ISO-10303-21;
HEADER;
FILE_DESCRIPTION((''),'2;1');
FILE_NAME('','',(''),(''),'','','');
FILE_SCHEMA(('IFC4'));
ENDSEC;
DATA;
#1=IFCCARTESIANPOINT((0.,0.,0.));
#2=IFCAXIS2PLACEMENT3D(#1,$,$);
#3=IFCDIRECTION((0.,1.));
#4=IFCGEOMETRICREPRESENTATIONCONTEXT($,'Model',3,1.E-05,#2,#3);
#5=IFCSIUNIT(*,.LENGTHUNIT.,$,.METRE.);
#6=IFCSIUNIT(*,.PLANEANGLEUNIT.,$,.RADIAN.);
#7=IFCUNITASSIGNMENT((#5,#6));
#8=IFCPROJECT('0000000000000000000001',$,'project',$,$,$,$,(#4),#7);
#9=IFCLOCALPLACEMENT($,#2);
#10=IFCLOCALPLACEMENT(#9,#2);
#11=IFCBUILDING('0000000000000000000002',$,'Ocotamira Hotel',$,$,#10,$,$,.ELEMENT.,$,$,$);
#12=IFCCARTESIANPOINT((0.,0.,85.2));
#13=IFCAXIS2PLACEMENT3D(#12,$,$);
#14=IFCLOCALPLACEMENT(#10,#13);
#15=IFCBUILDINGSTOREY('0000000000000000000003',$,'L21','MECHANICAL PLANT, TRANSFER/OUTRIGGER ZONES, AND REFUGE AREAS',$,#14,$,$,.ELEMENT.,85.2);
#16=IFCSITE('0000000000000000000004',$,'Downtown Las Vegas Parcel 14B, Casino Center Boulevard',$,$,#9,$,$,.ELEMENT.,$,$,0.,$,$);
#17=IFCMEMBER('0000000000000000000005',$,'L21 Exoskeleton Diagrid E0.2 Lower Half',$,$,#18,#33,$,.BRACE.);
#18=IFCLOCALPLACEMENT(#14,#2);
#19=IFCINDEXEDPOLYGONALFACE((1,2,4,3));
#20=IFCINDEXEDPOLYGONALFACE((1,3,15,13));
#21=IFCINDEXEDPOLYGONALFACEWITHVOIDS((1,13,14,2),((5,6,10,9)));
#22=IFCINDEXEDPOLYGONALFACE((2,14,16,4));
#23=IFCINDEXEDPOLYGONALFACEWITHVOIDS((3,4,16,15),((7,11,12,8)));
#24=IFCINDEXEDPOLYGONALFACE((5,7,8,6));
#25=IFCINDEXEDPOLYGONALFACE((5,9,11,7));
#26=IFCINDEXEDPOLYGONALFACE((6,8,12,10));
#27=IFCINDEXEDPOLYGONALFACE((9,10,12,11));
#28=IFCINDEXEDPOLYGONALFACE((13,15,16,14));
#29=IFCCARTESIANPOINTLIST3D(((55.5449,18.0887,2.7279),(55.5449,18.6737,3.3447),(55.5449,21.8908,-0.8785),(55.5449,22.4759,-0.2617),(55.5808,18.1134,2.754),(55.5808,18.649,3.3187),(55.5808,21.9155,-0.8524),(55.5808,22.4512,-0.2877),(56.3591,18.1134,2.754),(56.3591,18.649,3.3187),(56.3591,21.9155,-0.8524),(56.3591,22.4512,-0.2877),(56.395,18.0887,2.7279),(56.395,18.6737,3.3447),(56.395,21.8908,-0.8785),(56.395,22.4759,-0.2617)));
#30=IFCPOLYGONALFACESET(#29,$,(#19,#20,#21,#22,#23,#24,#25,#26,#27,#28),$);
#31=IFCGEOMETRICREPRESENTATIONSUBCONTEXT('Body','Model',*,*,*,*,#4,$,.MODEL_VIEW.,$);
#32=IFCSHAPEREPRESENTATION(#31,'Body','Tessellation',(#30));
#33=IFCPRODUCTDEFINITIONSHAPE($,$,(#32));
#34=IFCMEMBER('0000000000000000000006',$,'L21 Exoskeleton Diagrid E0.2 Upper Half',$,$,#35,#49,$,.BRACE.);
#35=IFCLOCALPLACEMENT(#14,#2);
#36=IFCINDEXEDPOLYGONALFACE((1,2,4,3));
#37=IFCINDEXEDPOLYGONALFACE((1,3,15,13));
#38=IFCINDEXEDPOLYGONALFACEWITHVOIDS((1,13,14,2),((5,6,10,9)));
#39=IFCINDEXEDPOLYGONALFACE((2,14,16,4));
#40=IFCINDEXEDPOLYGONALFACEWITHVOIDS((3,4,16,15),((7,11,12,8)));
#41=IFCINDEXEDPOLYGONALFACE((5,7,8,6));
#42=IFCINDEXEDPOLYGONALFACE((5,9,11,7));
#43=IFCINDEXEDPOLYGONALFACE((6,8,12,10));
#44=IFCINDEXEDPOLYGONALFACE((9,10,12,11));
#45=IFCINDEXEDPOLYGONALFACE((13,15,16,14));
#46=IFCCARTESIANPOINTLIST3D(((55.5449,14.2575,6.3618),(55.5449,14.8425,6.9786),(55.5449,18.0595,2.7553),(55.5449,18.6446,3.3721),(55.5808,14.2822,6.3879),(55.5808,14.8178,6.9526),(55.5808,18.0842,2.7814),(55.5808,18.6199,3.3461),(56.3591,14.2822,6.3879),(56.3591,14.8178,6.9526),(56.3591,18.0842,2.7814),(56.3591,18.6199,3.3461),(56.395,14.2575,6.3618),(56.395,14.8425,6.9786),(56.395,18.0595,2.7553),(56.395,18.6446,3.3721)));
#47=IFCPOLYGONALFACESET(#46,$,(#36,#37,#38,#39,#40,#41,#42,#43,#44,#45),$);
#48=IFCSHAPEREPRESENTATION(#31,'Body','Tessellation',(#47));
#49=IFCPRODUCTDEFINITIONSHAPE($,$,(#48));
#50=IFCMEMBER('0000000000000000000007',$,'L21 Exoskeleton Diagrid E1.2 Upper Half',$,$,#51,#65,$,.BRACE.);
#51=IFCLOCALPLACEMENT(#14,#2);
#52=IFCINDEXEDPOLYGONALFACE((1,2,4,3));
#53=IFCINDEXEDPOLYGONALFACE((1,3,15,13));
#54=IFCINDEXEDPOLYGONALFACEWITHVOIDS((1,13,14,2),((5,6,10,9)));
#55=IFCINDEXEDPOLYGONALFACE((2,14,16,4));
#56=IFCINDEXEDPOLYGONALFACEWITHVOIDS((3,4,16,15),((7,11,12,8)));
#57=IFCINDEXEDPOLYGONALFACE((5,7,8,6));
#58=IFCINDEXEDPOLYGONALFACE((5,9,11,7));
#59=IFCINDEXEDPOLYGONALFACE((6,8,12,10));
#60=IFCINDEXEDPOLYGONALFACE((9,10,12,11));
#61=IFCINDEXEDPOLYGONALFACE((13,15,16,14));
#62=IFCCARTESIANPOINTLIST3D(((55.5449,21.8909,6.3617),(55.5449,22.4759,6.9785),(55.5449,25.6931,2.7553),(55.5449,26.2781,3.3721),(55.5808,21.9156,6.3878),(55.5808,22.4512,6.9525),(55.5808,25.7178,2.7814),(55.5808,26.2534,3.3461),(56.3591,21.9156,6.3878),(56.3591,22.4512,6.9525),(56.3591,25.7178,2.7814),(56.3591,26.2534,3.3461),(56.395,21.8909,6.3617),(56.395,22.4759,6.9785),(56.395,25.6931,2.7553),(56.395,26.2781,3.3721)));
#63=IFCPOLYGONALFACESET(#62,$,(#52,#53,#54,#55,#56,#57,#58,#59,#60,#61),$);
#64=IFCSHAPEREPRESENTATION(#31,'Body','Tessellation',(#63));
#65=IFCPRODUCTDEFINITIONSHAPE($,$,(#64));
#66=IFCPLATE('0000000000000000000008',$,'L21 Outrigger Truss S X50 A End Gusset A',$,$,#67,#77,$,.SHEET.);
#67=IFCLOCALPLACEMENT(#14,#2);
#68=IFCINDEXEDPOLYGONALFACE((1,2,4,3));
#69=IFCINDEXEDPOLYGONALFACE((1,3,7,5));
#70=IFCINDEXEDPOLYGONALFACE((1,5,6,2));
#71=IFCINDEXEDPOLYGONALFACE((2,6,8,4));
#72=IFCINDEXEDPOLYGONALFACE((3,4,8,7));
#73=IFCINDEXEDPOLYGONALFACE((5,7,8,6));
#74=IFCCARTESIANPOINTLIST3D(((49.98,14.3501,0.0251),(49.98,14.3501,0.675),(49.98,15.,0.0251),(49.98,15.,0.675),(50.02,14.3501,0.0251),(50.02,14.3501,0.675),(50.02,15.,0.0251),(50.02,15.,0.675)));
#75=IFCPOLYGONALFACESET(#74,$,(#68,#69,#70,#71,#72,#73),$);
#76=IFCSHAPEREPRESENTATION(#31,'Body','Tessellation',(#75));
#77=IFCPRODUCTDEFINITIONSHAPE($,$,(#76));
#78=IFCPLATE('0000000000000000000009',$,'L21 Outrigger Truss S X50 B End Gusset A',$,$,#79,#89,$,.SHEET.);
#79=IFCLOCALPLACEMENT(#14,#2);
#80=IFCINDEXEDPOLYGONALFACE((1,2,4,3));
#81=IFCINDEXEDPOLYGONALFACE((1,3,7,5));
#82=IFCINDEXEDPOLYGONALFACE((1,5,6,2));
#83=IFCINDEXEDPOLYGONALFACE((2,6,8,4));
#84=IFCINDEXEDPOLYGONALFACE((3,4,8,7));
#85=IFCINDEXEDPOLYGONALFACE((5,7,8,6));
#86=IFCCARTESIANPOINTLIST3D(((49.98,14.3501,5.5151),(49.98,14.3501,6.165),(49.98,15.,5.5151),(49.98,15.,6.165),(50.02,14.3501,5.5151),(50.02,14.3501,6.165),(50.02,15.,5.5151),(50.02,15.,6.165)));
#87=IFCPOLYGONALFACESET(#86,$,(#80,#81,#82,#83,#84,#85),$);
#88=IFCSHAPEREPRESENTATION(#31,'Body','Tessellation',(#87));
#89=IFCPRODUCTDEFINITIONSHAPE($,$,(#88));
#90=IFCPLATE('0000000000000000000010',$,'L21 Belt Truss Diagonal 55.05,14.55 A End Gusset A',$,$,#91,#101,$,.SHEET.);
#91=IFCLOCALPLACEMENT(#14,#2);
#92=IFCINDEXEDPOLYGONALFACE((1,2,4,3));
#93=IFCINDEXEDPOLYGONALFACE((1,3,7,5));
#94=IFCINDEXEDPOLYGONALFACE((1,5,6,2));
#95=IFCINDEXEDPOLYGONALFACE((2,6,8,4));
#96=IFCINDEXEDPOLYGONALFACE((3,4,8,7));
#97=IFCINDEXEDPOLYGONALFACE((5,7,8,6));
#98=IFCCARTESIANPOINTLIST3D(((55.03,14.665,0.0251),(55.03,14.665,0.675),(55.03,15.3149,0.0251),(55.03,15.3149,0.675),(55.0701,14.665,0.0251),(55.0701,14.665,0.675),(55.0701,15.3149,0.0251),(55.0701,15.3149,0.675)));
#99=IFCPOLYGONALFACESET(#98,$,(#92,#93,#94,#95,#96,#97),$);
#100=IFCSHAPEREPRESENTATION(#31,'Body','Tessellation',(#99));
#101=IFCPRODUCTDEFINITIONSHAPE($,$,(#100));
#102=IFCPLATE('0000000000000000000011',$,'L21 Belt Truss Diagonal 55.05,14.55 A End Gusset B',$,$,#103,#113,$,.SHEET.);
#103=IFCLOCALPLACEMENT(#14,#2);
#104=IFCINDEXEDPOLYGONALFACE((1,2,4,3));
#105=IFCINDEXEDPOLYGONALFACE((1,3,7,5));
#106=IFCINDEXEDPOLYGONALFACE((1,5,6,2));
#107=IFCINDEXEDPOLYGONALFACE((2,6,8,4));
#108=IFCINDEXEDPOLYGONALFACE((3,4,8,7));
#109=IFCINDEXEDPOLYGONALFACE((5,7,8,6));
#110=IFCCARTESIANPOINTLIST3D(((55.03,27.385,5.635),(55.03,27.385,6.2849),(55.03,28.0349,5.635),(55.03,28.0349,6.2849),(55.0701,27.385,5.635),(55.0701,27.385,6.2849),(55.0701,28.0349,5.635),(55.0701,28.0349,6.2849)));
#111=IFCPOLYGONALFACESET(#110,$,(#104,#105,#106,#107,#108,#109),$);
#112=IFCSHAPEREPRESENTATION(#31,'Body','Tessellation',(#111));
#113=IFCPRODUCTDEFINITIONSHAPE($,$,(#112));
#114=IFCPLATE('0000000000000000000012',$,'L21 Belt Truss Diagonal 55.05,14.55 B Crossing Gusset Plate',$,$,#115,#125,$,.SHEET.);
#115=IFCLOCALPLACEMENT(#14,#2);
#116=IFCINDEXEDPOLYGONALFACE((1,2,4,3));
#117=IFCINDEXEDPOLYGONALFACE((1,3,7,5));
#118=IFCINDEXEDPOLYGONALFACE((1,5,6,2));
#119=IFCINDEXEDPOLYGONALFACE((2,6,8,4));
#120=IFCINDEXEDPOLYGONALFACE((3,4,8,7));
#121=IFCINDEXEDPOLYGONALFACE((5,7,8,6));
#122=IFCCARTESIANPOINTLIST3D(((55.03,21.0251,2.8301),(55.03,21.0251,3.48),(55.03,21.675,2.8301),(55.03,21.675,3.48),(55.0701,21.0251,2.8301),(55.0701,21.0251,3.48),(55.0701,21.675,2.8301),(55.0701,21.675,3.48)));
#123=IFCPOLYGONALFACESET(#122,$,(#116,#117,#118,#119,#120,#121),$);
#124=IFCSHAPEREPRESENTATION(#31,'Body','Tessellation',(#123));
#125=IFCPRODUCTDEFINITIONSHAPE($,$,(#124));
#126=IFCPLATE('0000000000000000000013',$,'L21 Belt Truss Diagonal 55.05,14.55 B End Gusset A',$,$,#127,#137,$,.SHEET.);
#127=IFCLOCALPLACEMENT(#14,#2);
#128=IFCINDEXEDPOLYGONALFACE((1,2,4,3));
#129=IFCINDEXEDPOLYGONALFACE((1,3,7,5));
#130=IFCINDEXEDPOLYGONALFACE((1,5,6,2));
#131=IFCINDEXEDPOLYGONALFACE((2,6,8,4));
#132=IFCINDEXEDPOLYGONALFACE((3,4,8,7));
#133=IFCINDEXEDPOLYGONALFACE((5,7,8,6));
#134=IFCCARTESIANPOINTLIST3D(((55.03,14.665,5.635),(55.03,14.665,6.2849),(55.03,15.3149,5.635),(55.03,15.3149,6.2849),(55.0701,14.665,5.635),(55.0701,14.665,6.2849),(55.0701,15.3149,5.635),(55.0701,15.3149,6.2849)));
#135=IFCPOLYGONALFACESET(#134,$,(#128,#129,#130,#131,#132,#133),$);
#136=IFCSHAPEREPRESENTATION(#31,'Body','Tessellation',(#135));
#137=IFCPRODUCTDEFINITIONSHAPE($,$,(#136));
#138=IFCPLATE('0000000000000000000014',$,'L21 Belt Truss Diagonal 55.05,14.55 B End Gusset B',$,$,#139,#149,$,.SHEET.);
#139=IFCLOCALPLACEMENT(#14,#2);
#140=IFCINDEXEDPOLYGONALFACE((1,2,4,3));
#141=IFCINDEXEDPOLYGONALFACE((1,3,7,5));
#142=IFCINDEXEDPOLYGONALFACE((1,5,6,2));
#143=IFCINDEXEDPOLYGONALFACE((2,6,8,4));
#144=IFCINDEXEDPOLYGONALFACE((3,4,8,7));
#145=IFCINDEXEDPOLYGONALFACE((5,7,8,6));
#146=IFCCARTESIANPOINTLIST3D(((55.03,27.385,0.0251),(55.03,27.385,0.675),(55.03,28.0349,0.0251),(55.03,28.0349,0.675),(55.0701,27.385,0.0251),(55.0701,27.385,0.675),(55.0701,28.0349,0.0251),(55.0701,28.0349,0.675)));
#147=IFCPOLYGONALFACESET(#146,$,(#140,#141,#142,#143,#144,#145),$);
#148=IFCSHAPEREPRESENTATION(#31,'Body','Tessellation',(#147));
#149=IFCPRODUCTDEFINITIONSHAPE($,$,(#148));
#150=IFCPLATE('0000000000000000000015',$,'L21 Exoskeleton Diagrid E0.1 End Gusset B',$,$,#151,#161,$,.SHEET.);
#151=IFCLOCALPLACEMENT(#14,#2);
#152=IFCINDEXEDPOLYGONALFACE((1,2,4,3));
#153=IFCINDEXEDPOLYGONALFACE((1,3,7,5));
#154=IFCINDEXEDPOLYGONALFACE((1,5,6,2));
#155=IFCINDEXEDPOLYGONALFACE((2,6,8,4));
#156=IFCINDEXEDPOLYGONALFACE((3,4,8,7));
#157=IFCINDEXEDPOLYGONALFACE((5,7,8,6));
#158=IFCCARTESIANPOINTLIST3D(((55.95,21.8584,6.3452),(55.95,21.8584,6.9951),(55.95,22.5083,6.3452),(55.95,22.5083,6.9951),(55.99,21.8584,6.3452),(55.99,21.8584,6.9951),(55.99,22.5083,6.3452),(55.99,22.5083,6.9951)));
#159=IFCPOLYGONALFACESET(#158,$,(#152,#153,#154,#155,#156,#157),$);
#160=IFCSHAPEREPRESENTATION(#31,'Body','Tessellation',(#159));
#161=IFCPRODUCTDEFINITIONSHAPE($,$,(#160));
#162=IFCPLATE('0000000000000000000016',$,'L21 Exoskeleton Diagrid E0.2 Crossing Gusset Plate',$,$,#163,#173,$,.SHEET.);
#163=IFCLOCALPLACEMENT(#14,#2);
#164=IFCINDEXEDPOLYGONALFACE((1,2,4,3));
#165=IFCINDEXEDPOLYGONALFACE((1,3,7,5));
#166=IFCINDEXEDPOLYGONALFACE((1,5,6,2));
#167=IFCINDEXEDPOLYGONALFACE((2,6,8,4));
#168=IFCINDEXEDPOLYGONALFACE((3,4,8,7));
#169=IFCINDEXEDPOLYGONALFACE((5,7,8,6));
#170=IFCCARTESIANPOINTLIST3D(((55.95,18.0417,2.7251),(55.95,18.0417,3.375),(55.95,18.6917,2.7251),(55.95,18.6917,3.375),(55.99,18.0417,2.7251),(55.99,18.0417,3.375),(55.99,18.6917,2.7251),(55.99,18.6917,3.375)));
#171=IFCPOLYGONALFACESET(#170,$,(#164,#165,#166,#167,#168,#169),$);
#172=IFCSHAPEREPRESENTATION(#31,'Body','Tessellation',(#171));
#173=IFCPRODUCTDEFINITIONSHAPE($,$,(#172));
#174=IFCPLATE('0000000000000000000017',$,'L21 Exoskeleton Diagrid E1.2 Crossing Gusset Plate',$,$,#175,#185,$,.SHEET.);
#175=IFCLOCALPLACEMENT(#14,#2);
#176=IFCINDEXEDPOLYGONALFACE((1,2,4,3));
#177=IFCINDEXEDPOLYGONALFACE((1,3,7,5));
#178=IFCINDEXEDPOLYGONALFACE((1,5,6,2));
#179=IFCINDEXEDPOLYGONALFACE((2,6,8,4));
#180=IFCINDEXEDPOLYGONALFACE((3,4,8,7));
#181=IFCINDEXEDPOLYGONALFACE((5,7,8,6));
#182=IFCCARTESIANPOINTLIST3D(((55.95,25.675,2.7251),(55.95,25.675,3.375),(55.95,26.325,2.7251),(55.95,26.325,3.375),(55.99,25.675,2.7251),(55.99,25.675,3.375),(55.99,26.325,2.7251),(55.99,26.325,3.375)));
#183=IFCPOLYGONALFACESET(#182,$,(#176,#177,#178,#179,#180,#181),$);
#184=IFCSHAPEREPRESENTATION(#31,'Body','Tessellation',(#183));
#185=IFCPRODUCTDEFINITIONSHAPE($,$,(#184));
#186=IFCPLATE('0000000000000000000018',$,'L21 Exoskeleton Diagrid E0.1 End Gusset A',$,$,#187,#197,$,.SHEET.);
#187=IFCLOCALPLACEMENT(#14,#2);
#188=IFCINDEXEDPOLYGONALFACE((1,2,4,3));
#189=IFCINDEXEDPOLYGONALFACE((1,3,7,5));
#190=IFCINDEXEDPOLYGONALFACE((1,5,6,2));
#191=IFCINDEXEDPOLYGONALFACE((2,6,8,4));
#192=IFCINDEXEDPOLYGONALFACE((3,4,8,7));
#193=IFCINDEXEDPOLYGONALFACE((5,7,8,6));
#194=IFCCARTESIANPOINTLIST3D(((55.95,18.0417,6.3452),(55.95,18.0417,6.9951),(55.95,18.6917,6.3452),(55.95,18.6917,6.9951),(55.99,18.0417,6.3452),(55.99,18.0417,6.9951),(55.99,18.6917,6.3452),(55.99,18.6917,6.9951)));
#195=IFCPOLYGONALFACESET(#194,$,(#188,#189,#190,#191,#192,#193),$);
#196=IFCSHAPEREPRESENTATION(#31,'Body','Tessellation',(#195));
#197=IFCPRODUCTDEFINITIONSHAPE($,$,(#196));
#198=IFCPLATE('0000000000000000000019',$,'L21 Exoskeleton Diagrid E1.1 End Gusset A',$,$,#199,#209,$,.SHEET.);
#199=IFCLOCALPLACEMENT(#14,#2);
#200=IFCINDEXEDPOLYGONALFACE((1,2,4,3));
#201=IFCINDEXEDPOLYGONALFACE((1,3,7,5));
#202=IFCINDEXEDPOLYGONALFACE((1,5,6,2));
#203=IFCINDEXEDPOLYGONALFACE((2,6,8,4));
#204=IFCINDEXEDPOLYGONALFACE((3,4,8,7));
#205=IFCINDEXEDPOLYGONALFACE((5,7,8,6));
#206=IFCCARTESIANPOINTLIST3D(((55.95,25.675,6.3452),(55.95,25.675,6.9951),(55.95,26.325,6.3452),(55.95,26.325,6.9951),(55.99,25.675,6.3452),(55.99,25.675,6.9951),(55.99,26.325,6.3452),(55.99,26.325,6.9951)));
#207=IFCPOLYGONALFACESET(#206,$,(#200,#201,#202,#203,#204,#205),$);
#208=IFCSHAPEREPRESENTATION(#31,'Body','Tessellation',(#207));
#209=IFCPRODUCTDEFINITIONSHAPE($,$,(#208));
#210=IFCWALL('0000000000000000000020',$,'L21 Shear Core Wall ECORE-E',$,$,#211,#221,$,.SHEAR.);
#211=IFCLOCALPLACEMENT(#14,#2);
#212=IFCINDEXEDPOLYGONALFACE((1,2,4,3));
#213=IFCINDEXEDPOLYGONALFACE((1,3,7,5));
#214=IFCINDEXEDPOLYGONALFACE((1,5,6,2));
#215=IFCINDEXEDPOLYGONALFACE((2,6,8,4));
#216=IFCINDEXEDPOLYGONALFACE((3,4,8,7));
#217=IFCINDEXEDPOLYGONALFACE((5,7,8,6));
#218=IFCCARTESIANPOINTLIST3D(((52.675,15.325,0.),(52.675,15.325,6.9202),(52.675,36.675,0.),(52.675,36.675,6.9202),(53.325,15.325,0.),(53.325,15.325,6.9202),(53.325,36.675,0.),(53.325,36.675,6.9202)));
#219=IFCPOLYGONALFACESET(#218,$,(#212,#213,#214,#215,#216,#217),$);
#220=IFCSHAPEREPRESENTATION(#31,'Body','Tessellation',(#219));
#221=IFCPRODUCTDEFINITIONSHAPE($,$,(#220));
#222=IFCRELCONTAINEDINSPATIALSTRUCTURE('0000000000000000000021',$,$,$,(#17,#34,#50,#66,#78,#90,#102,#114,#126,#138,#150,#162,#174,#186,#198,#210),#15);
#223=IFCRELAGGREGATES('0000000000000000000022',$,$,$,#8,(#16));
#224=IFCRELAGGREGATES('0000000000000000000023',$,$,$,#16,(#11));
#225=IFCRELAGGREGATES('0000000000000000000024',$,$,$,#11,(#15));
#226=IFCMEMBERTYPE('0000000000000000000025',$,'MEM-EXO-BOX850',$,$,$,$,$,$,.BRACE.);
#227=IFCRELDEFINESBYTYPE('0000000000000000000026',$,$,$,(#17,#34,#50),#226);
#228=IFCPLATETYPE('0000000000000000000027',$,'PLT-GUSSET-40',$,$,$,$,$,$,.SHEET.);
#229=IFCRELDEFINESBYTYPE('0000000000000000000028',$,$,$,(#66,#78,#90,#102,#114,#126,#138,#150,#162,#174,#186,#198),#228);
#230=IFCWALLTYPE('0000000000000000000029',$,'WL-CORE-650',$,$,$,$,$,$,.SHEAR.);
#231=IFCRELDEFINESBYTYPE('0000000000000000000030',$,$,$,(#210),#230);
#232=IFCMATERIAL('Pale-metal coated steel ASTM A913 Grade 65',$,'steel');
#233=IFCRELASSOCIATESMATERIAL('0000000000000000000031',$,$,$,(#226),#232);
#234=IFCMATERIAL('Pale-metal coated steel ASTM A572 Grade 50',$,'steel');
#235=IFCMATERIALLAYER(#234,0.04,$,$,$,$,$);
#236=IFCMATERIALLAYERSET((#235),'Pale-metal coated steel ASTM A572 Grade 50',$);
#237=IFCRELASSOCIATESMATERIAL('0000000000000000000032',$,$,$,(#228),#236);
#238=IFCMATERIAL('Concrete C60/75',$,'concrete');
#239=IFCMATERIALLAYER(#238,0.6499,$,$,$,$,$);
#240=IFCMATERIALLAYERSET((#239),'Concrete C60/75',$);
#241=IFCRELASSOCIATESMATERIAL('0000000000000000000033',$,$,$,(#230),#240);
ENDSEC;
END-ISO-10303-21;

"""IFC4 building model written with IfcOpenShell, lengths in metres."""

from ifc_helpers import new_model, si_unit, direction, frame, frame_2d, origin, origin_2d, place, context, subcontext, project, spatial, rectangle, hollow_rectangle, extrude, source, transform, mapped, material, layer, layer_set, material_profile, profile_set, type_object, element, save


model = new_model("IFC4")

# Units and contexts
model_context = context("Model", 3, precision=1e-05, world=origin(), true_north=direction((0.0, 1.0)))
body_context = subcontext(model_context, "Body", "Model", "MODEL_VIEW")
ifc_project = project(units=[si_unit("LENGTHUNIT", "METRE"), si_unit("PLANEANGLEUNIT", "RADIAN")], contexts=[model_context])

# Site, building, storey
site_placement = place(None, origin())
site = spatial("IfcSite", under=ifc_project, at=site_placement, Name="Downtown Las Vegas Parcel 14B, Casino Center Boulevard", CompositionType="ELEMENT", RefElevation=0.0)
building_placement = place(site_placement, origin())
building = spatial("IfcBuilding", under=site, at=building_placement, Name="Ocotamira Hotel", CompositionType="ELEMENT")
storey_placement = place(building_placement, frame((0.0, 0.0, 85.2)))
storey = spatial("IfcBuildingStorey", under=building, at=storey_placement, Name="L21", Description="MECHANICAL PLANT, TRANSFER/OUTRIGGER ZONES, AND REFUGE AREAS", CompositionType="ELEMENT", Elevation=85.2)

# Members
ifc_material_1 = material(Name="Pale-metal coated steel ASTM A913 Grade 65", Category="steel")
ifc_material_profile_1 = material_profile(ifc_material_1, hollow_rectangle(XDim=0.8501, YDim=0.8501, WallThickness=0.0359, at=origin_2d()), Name="BOX850X850X36")
ifc_profile_set_1 = profile_set([ifc_material_profile_1], Name="Pale-metal coated steel ASTM A913 Grade 65")
member_type_1 = type_object("IfcMemberType", Name="MEM-EXO-BOX850", PredefinedType="BRACE", material=ifc_profile_set_1)
shared_shape_1 = source(origin(), body_context, "Body", "SweptSolid", [
    extrude(hollow_rectangle(XDim=0.8501, YDim=0.8501, WallThickness=0.0359, at=origin_2d()), origin(), (0.0, 0.0, 1.0), 5.2405),
])
for number, where, z_axis, x_axis, name in (
    (1, (55.97, 22.1833, -0.5701), (0.0, -0.725541, 0.688179), (1.0, 0.0, 0.0), "L21 Exoskeleton Diagrid E0.2 Lower Half"),
    (2, (55.97, 18.3521, 3.0637), (0.0, -0.725519, 0.688202), (1.0, 0.0, 0.0), "L21 Exoskeleton Diagrid E0.2 Upper Half"),
    (3, (55.97, 25.9856, 3.0637), (0.0, -0.725541, 0.688179), (1.0, 0.0, 0.0), "L21 Exoskeleton Diagrid E1.2 Upper Half"),
):
    element("IfcMember", number, at=place(storey_placement, frame(where, z_axis=z_axis, x_axis=x_axis)), inside=storey, type_object=member_type_1, Name=name, PredefinedType="BRACE", context=body_context, shape_type="MappedRepresentation", body=[
        mapped(shared_shape_1, transform((0.0, 0.0, 0.0), scale=1.0)),
    ])

# Plates
ifc_material_2 = material(Name="Pale-metal coated steel ASTM A572 Grade 50", Category="steel")
ifc_layer_1 = layer(ifc_material_2, 0.04)
ifc_layer_set_1 = layer_set([ifc_layer_1], Name="Pale-metal coated steel ASTM A572 Grade 50")
plate_type = type_object("IfcPlateType", Name="PLT-GUSSET-40", PredefinedType="SHEET", material=ifc_layer_set_1)
shared_shape_2 = source(origin(), body_context, "Body", "SweptSolid", [
    extrude(rectangle(XDim=0.04, YDim=0.6499, at=origin_2d()), origin(), (0.0, 0.0, 1.0), 0.6499),
])
for number, where, z_axis, x_axis, name in (
    (4, (50.0, 14.675, 0.0251), (0.0, 0.0, 1.0), (1.0, 0.0, 0.0), "L21 Outrigger Truss S X50 A End Gusset A"),
    (5, (50.0, 14.675, 5.5151), (0.0, 0.0, 1.0), (1.0, 0.0, 0.0), "L21 Outrigger Truss S X50 B End Gusset A"),
    (6, (55.05, 14.99, 0.0251), (0.0, 0.0, 1.0), (1.0, 0.0, 0.0), "L21 Belt Truss Diagonal 55.05,14.55 A End Gusset A"),
    (7, (55.05, 27.71, 5.635), (0.0, 0.0, 1.0), (1.0, 0.0, 0.0), "L21 Belt Truss Diagonal 55.05,14.55 A End Gusset B"),
    (8, (55.05, 21.3501, 2.8301), (0.0, 0.0, 1.0), (1.0, 0.0, 0.0), "L21 Belt Truss Diagonal 55.05,14.55 B Crossing Gusset Plate"),
    (9, (55.05, 14.99, 5.635), (0.0, 0.0, 1.0), (1.0, 0.0, 0.0), "L21 Belt Truss Diagonal 55.05,14.55 B End Gusset A"),
    (10, (55.05, 27.71, 0.0251), (0.0, 0.0, 1.0), (1.0, 0.0, 0.0), "L21 Belt Truss Diagonal 55.05,14.55 B End Gusset B"),
    (11, (55.97, 22.1833, 6.3452), (0.0, 0.0, 1.0), (1.0, 0.0, 0.0), "L21 Exoskeleton Diagrid E0.1 End Gusset B"),
    (12, (55.97, 18.3667, 2.7251), (0.0, 0.0, 1.0), (1.0, 0.0, 0.0), "L21 Exoskeleton Diagrid E0.2 Crossing Gusset Plate"),
    (13, (55.97, 26.0, 2.7251), (0.0, 0.0, 1.0), (1.0, 0.0, 0.0), "L21 Exoskeleton Diagrid E1.2 Crossing Gusset Plate"),
    (14, (55.97, 18.3667, 6.3452), (0.0, 0.0, 1.0), (1.0, 0.0, 0.0), "L21 Exoskeleton Diagrid E0.1 End Gusset A"),
    (15, (55.97, 26.0, 6.3452), (0.0, 0.0, 1.0), (1.0, 0.0, 0.0), "L21 Exoskeleton Diagrid E1.1 End Gusset A"),
):
    element("IfcPlate", number, at=place(storey_placement, frame(where, z_axis=z_axis, x_axis=x_axis)), inside=storey, type_object=plate_type, Name=name, PredefinedType="SHEET", context=body_context, shape_type="MappedRepresentation", body=[
        mapped(shared_shape_2, transform((0.0, 0.0, 0.0), scale=1.0)),
    ])

# Wall
ifc_material_3 = material(Name="Concrete C60/75", Category="concrete")
ifc_layer_2 = layer(ifc_material_3, 0.6499)
ifc_layer_set_2 = layer_set([ifc_layer_2], Name="Concrete C60/75")
wall_type_1 = type_object("IfcWallType", Name="WL-CORE-650", PredefinedType="SHEAR", material=ifc_layer_set_2)
wall_1_placement = place(storey_placement, frame((53.0, 15.325, 0.0), z_axis=(0.0, 0.0, 1.0), x_axis=(0.0, 1.0, 0.0)))
element("IfcWall", 16, at=wall_1_placement, inside=storey, type_object=wall_type_1, Name="L21 Shear Core Wall ECORE-E", PredefinedType="SHEAR", context=body_context, shape_type="SweptSolid", body=[
    extrude(rectangle(XDim=21.3501, YDim=0.6499, at=frame_2d((10.675, 0.0))), origin(), (0.0, 0.0, 1.0), 6.9202),
])

save(model, "model.ifc")
